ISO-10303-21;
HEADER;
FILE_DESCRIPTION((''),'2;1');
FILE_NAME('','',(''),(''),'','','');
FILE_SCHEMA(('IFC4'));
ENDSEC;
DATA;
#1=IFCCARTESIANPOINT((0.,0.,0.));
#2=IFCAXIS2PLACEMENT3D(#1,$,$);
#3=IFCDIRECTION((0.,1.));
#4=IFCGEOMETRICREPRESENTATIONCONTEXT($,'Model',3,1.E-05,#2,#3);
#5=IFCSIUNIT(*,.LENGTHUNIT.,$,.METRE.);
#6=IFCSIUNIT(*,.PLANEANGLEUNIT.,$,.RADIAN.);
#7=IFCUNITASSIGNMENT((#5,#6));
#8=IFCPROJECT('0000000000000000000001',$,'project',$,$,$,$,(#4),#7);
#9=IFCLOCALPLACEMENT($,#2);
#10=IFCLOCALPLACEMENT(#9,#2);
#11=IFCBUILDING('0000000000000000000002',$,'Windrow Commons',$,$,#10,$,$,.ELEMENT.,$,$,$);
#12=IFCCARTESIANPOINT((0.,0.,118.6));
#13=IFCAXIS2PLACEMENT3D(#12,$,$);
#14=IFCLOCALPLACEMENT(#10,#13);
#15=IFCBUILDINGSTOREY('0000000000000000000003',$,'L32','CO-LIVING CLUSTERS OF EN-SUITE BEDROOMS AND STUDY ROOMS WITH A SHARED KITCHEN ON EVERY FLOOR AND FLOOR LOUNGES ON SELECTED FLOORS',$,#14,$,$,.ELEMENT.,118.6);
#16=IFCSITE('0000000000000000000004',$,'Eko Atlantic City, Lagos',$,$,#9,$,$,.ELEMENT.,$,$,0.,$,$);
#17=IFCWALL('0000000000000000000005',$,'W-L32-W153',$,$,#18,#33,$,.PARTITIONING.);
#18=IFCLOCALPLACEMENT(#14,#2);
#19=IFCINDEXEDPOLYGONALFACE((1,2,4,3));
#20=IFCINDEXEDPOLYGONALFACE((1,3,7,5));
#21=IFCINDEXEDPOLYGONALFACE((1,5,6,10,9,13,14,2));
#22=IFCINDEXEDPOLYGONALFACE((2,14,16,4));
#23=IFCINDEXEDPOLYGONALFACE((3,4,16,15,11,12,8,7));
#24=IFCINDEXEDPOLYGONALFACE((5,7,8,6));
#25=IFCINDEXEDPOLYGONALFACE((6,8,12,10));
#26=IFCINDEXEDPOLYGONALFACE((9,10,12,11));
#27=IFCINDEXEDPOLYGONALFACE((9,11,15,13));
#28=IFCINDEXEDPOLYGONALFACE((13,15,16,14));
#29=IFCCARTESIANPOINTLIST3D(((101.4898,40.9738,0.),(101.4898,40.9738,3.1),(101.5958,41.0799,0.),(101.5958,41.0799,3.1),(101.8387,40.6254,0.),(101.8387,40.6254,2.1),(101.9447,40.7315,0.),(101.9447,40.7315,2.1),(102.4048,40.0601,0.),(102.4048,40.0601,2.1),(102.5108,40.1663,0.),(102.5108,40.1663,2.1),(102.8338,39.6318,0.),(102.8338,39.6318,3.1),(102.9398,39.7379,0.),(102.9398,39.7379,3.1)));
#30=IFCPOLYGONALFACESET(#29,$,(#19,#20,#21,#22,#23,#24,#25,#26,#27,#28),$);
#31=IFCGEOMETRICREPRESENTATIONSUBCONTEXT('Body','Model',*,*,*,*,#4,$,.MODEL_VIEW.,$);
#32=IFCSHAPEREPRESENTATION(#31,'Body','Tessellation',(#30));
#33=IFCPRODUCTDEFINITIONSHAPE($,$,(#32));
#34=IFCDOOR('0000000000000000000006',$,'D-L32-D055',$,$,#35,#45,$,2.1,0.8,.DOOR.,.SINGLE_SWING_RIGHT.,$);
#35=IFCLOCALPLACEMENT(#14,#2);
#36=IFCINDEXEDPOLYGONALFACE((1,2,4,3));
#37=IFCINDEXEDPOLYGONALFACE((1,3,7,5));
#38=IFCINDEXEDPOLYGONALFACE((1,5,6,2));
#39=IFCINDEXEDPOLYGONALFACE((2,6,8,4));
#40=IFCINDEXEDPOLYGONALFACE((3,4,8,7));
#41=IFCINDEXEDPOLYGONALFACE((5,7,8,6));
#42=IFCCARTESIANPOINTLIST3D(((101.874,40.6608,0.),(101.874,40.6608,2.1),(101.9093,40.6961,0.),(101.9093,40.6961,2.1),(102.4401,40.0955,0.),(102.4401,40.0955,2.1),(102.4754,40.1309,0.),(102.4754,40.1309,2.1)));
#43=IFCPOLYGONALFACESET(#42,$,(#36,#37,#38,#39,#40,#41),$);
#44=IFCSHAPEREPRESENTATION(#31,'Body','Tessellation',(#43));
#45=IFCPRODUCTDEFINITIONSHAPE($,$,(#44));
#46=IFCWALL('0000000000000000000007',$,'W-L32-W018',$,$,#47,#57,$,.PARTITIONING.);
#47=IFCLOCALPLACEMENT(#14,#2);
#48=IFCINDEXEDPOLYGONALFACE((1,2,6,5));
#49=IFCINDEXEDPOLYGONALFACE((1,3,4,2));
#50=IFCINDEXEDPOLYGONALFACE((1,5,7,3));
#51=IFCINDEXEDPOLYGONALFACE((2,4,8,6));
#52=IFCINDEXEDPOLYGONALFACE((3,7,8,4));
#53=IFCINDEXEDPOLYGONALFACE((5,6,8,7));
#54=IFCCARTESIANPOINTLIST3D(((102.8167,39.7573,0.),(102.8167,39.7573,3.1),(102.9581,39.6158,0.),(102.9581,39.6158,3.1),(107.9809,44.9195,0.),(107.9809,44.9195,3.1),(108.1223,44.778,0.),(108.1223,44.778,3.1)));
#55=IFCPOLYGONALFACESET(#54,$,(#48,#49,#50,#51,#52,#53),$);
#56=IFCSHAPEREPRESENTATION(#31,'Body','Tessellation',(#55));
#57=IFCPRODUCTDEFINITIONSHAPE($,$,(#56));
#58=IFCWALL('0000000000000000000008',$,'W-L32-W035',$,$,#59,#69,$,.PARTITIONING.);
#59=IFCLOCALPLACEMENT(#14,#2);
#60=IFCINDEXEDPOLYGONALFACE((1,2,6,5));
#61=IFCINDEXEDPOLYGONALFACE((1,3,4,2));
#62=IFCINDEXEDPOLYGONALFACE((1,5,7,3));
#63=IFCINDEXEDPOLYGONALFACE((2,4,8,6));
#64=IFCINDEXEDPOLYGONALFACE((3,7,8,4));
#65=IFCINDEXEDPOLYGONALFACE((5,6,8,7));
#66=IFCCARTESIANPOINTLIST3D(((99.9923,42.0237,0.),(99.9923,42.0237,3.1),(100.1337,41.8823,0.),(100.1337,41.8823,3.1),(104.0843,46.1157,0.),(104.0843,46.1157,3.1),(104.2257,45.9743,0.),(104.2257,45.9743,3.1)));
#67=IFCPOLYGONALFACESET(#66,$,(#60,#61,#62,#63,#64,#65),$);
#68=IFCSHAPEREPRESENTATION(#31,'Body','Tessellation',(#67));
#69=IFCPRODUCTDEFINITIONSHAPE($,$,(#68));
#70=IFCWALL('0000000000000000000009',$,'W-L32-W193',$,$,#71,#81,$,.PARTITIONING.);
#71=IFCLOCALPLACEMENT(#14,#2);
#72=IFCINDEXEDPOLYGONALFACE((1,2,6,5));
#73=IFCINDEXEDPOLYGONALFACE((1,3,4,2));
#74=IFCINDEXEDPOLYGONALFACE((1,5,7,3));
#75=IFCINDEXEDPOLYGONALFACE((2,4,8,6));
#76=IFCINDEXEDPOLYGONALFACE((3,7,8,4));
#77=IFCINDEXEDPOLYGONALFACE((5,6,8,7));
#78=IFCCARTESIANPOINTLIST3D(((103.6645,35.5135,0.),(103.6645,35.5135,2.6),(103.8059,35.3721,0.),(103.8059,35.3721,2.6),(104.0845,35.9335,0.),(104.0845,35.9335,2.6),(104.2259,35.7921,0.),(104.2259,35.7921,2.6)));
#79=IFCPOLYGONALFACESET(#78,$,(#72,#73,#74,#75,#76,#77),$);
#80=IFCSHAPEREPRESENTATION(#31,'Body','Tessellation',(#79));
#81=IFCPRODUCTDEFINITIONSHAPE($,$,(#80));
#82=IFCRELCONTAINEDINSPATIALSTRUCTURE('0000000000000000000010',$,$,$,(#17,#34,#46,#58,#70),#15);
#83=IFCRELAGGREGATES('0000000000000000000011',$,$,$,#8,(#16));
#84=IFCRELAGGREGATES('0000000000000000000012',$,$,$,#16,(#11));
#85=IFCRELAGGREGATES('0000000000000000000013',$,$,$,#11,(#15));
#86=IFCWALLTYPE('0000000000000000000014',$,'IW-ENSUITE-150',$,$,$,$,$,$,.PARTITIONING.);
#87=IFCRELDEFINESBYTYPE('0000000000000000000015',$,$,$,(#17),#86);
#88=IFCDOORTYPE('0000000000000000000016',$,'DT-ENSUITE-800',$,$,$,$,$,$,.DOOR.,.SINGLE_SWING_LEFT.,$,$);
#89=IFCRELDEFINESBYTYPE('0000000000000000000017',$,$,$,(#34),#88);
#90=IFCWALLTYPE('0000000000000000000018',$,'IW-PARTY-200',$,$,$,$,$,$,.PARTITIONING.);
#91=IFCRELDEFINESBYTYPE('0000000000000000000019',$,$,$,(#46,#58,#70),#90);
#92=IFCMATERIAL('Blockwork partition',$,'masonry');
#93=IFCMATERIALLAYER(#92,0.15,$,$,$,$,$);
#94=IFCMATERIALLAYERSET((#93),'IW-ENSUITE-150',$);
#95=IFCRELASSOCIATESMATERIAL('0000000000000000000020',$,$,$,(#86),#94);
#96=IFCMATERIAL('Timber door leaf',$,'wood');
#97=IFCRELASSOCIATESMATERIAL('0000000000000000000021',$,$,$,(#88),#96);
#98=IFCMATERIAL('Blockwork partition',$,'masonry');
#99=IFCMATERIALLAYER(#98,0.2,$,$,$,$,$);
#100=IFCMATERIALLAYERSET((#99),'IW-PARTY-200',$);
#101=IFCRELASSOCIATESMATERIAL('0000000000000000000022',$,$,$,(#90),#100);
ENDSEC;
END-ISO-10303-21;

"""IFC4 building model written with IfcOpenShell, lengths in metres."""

from ifc_helpers import new_model, si_unit, direction, frame, frame_2d, origin, place, context, subcontext, project, spatial, rectangle, extrude, material, layer, layer_set, type_object, element, fill, save


model = new_model("IFC4")

# Units and contexts
model_context = context("Model", 3, precision=1e-05, world=origin(), true_north=direction((0.0, 1.0)))
body_context = subcontext(model_context, "Body", "Model", "MODEL_VIEW")
ifc_project = project(units=[si_unit("LENGTHUNIT", "METRE"), si_unit("PLANEANGLEUNIT", "RADIAN")], contexts=[model_context])

# Site, building, storey
site_placement = place(None, origin())
site = spatial("IfcSite", under=ifc_project, at=site_placement, Name="Eko Atlantic City, Lagos", CompositionType="ELEMENT", RefElevation=0.0)
building_placement = place(site_placement, origin())
building = spatial("IfcBuilding", under=site, at=building_placement, Name="Windrow Commons", CompositionType="ELEMENT")
storey_placement = place(building_placement, frame((0.0, 0.0, 118.6)))
storey = spatial("IfcBuildingStorey", under=building, at=storey_placement, Name="L32", Description="CO-LIVING CLUSTERS OF EN-SUITE BEDROOMS AND STUDY ROOMS WITH A SHARED KITCHEN ON EVERY FLOOR AND FLOOR LOUNGES ON SELECTED FLOORS", CompositionType="ELEMENT", Elevation=118.6)

# Shared definitions
ifc_material_1 = material(Name="Blockwork partition", Category="masonry")
ifc_layer_1 = layer(ifc_material_1, 0.15)
ifc_layer_set_1 = layer_set([ifc_layer_1], Name="IW-ENSUITE-150")
wall_type_1 = type_object("IfcWallType", Name="IW-ENSUITE-150", PredefinedType="PARTITIONING", material=ifc_layer_set_1)

# Wall, opening, door
ifc_material_2 = material(Name="Timber door leaf", Category="wood")
door_type_1 = type_object("IfcDoorType", Name="DT-ENSUITE-800", OperationType="SINGLE_SWING_LEFT", PredefinedType="DOOR", material=ifc_material_2)
wall_1_placement = place(storey_placement, frame((101.5428, 41.0268, 0.0), z_axis=(0.0, 0.0, 1.0), x_axis=(0.707633, -0.70658, 0.0)))
wall_1 = element("IfcWall", 1, at=wall_1_placement, inside=storey, type_object=wall_type_1, Name="W-L32-W153", PredefinedType="PARTITIONING", context=body_context, shape_type="SweptSolid", body=[
    extrude(rectangle(XDim=1.8993, YDim=0.15, at=frame_2d((0.9496, 0.0))), origin(), (0.0, 0.0, 1.0), 3.1),
])
opening_1_placement = place(wall_1_placement, frame((0.493, 0.0, 0.0)))
opening_1 = element("IfcOpeningElement", 2, at=opening_1_placement, cuts=wall_1, PredefinedType="OPENING", context=body_context, shape_type="SweptSolid", body=[
    extrude(rectangle(XDim=0.8, YDim=2.1, at=frame_2d((0.4, 1.05))), frame((0.0, 0.085, 0.0), z_axis=(0.0, -1.0, 0.0), x_axis=(1.0, 0.0, 0.0)), (0.0, 0.0, 1.0), 0.17),
])
door_1_placement = place(opening_1_placement, origin())
door_1 = element("IfcDoor", 3, at=door_1_placement, inside=storey, type_object=door_type_1, Name="D-L32-D055", OperationType="SINGLE_SWING_RIGHT", OverallHeight=2.1, OverallWidth=0.8, PredefinedType="DOOR", context=body_context, shape_type="SweptSolid", body=[
    extrude(rectangle(XDim=0.8, YDim=2.1, at=frame_2d((0.4, 1.05))), frame((0.0, 0.025, 0.0), z_axis=(0.0, -1.0, 0.0), x_axis=(1.0, 0.0, 0.0)), (0.0, 0.0, 1.0), 0.05),
])
fill(opening_1, door_1)

# Walls
ifc_material_3 = material(Name="Blockwork partition", Category="masonry")
ifc_layer_2 = layer(ifc_material_3, 0.2)
ifc_layer_set_2 = layer_set([ifc_layer_2], Name="IW-PARTY-200")
wall_type_2 = type_object("IfcWallType", Name="IW-PARTY-200", PredefinedType="PARTITIONING", material=ifc_layer_set_2)
wall_2_placement = place(storey_placement, frame((102.8874, 39.6866, 0.0), z_axis=(0.0, 0.0, 1.0), x_axis=(0.707251, 0.706963, 0.0)))
element("IfcWall", 4, at=wall_2_placement, inside=storey, type_object=wall_type_2, Name="W-L32-W018", PredefinedType="PARTITIONING", context=body_context, shape_type="SweptSolid", body=[
    extrude(rectangle(XDim=7.3019, YDim=0.2, at=frame_2d((3.6509, 0.0))), origin(), (0.0, 0.0, 1.0), 3.1),
])
wall_3_placement = place(storey_placement, frame((100.063, 41.953, 0.0), z_axis=(0.0, 0.0, 1.0), x_axis=(0.707107, 0.707107, 0.0)))
element("IfcWall", 5, at=wall_3_placement, inside=storey, type_object=wall_type_2, Name="W-L32-W035", PredefinedType="PARTITIONING", context=body_context, shape_type="SweptSolid", body=[
    extrude(rectangle(XDim=5.787, YDim=0.2, at=frame_2d((2.8935, 0.0))), origin(), (0.0, 0.0, 1.0), 3.1),
])
wall_4_placement = place(storey_placement, frame((103.7352, 35.4428, 0.0), z_axis=(0.0, 0.0, 1.0), x_axis=(0.707107, 0.707107, 0.0)))
element("IfcWall", 6, at=wall_4_placement, inside=storey, type_object=wall_type_2, Name="W-L32-W193", PredefinedType="PARTITIONING", context=body_context, shape_type="SweptSolid", body=[
    extrude(rectangle(XDim=0.594, YDim=0.2, at=frame_2d((0.297, 0.0))), origin(), (0.0, 0.0, 1.0), 2.6),
])

save(model, "model.ifc")
